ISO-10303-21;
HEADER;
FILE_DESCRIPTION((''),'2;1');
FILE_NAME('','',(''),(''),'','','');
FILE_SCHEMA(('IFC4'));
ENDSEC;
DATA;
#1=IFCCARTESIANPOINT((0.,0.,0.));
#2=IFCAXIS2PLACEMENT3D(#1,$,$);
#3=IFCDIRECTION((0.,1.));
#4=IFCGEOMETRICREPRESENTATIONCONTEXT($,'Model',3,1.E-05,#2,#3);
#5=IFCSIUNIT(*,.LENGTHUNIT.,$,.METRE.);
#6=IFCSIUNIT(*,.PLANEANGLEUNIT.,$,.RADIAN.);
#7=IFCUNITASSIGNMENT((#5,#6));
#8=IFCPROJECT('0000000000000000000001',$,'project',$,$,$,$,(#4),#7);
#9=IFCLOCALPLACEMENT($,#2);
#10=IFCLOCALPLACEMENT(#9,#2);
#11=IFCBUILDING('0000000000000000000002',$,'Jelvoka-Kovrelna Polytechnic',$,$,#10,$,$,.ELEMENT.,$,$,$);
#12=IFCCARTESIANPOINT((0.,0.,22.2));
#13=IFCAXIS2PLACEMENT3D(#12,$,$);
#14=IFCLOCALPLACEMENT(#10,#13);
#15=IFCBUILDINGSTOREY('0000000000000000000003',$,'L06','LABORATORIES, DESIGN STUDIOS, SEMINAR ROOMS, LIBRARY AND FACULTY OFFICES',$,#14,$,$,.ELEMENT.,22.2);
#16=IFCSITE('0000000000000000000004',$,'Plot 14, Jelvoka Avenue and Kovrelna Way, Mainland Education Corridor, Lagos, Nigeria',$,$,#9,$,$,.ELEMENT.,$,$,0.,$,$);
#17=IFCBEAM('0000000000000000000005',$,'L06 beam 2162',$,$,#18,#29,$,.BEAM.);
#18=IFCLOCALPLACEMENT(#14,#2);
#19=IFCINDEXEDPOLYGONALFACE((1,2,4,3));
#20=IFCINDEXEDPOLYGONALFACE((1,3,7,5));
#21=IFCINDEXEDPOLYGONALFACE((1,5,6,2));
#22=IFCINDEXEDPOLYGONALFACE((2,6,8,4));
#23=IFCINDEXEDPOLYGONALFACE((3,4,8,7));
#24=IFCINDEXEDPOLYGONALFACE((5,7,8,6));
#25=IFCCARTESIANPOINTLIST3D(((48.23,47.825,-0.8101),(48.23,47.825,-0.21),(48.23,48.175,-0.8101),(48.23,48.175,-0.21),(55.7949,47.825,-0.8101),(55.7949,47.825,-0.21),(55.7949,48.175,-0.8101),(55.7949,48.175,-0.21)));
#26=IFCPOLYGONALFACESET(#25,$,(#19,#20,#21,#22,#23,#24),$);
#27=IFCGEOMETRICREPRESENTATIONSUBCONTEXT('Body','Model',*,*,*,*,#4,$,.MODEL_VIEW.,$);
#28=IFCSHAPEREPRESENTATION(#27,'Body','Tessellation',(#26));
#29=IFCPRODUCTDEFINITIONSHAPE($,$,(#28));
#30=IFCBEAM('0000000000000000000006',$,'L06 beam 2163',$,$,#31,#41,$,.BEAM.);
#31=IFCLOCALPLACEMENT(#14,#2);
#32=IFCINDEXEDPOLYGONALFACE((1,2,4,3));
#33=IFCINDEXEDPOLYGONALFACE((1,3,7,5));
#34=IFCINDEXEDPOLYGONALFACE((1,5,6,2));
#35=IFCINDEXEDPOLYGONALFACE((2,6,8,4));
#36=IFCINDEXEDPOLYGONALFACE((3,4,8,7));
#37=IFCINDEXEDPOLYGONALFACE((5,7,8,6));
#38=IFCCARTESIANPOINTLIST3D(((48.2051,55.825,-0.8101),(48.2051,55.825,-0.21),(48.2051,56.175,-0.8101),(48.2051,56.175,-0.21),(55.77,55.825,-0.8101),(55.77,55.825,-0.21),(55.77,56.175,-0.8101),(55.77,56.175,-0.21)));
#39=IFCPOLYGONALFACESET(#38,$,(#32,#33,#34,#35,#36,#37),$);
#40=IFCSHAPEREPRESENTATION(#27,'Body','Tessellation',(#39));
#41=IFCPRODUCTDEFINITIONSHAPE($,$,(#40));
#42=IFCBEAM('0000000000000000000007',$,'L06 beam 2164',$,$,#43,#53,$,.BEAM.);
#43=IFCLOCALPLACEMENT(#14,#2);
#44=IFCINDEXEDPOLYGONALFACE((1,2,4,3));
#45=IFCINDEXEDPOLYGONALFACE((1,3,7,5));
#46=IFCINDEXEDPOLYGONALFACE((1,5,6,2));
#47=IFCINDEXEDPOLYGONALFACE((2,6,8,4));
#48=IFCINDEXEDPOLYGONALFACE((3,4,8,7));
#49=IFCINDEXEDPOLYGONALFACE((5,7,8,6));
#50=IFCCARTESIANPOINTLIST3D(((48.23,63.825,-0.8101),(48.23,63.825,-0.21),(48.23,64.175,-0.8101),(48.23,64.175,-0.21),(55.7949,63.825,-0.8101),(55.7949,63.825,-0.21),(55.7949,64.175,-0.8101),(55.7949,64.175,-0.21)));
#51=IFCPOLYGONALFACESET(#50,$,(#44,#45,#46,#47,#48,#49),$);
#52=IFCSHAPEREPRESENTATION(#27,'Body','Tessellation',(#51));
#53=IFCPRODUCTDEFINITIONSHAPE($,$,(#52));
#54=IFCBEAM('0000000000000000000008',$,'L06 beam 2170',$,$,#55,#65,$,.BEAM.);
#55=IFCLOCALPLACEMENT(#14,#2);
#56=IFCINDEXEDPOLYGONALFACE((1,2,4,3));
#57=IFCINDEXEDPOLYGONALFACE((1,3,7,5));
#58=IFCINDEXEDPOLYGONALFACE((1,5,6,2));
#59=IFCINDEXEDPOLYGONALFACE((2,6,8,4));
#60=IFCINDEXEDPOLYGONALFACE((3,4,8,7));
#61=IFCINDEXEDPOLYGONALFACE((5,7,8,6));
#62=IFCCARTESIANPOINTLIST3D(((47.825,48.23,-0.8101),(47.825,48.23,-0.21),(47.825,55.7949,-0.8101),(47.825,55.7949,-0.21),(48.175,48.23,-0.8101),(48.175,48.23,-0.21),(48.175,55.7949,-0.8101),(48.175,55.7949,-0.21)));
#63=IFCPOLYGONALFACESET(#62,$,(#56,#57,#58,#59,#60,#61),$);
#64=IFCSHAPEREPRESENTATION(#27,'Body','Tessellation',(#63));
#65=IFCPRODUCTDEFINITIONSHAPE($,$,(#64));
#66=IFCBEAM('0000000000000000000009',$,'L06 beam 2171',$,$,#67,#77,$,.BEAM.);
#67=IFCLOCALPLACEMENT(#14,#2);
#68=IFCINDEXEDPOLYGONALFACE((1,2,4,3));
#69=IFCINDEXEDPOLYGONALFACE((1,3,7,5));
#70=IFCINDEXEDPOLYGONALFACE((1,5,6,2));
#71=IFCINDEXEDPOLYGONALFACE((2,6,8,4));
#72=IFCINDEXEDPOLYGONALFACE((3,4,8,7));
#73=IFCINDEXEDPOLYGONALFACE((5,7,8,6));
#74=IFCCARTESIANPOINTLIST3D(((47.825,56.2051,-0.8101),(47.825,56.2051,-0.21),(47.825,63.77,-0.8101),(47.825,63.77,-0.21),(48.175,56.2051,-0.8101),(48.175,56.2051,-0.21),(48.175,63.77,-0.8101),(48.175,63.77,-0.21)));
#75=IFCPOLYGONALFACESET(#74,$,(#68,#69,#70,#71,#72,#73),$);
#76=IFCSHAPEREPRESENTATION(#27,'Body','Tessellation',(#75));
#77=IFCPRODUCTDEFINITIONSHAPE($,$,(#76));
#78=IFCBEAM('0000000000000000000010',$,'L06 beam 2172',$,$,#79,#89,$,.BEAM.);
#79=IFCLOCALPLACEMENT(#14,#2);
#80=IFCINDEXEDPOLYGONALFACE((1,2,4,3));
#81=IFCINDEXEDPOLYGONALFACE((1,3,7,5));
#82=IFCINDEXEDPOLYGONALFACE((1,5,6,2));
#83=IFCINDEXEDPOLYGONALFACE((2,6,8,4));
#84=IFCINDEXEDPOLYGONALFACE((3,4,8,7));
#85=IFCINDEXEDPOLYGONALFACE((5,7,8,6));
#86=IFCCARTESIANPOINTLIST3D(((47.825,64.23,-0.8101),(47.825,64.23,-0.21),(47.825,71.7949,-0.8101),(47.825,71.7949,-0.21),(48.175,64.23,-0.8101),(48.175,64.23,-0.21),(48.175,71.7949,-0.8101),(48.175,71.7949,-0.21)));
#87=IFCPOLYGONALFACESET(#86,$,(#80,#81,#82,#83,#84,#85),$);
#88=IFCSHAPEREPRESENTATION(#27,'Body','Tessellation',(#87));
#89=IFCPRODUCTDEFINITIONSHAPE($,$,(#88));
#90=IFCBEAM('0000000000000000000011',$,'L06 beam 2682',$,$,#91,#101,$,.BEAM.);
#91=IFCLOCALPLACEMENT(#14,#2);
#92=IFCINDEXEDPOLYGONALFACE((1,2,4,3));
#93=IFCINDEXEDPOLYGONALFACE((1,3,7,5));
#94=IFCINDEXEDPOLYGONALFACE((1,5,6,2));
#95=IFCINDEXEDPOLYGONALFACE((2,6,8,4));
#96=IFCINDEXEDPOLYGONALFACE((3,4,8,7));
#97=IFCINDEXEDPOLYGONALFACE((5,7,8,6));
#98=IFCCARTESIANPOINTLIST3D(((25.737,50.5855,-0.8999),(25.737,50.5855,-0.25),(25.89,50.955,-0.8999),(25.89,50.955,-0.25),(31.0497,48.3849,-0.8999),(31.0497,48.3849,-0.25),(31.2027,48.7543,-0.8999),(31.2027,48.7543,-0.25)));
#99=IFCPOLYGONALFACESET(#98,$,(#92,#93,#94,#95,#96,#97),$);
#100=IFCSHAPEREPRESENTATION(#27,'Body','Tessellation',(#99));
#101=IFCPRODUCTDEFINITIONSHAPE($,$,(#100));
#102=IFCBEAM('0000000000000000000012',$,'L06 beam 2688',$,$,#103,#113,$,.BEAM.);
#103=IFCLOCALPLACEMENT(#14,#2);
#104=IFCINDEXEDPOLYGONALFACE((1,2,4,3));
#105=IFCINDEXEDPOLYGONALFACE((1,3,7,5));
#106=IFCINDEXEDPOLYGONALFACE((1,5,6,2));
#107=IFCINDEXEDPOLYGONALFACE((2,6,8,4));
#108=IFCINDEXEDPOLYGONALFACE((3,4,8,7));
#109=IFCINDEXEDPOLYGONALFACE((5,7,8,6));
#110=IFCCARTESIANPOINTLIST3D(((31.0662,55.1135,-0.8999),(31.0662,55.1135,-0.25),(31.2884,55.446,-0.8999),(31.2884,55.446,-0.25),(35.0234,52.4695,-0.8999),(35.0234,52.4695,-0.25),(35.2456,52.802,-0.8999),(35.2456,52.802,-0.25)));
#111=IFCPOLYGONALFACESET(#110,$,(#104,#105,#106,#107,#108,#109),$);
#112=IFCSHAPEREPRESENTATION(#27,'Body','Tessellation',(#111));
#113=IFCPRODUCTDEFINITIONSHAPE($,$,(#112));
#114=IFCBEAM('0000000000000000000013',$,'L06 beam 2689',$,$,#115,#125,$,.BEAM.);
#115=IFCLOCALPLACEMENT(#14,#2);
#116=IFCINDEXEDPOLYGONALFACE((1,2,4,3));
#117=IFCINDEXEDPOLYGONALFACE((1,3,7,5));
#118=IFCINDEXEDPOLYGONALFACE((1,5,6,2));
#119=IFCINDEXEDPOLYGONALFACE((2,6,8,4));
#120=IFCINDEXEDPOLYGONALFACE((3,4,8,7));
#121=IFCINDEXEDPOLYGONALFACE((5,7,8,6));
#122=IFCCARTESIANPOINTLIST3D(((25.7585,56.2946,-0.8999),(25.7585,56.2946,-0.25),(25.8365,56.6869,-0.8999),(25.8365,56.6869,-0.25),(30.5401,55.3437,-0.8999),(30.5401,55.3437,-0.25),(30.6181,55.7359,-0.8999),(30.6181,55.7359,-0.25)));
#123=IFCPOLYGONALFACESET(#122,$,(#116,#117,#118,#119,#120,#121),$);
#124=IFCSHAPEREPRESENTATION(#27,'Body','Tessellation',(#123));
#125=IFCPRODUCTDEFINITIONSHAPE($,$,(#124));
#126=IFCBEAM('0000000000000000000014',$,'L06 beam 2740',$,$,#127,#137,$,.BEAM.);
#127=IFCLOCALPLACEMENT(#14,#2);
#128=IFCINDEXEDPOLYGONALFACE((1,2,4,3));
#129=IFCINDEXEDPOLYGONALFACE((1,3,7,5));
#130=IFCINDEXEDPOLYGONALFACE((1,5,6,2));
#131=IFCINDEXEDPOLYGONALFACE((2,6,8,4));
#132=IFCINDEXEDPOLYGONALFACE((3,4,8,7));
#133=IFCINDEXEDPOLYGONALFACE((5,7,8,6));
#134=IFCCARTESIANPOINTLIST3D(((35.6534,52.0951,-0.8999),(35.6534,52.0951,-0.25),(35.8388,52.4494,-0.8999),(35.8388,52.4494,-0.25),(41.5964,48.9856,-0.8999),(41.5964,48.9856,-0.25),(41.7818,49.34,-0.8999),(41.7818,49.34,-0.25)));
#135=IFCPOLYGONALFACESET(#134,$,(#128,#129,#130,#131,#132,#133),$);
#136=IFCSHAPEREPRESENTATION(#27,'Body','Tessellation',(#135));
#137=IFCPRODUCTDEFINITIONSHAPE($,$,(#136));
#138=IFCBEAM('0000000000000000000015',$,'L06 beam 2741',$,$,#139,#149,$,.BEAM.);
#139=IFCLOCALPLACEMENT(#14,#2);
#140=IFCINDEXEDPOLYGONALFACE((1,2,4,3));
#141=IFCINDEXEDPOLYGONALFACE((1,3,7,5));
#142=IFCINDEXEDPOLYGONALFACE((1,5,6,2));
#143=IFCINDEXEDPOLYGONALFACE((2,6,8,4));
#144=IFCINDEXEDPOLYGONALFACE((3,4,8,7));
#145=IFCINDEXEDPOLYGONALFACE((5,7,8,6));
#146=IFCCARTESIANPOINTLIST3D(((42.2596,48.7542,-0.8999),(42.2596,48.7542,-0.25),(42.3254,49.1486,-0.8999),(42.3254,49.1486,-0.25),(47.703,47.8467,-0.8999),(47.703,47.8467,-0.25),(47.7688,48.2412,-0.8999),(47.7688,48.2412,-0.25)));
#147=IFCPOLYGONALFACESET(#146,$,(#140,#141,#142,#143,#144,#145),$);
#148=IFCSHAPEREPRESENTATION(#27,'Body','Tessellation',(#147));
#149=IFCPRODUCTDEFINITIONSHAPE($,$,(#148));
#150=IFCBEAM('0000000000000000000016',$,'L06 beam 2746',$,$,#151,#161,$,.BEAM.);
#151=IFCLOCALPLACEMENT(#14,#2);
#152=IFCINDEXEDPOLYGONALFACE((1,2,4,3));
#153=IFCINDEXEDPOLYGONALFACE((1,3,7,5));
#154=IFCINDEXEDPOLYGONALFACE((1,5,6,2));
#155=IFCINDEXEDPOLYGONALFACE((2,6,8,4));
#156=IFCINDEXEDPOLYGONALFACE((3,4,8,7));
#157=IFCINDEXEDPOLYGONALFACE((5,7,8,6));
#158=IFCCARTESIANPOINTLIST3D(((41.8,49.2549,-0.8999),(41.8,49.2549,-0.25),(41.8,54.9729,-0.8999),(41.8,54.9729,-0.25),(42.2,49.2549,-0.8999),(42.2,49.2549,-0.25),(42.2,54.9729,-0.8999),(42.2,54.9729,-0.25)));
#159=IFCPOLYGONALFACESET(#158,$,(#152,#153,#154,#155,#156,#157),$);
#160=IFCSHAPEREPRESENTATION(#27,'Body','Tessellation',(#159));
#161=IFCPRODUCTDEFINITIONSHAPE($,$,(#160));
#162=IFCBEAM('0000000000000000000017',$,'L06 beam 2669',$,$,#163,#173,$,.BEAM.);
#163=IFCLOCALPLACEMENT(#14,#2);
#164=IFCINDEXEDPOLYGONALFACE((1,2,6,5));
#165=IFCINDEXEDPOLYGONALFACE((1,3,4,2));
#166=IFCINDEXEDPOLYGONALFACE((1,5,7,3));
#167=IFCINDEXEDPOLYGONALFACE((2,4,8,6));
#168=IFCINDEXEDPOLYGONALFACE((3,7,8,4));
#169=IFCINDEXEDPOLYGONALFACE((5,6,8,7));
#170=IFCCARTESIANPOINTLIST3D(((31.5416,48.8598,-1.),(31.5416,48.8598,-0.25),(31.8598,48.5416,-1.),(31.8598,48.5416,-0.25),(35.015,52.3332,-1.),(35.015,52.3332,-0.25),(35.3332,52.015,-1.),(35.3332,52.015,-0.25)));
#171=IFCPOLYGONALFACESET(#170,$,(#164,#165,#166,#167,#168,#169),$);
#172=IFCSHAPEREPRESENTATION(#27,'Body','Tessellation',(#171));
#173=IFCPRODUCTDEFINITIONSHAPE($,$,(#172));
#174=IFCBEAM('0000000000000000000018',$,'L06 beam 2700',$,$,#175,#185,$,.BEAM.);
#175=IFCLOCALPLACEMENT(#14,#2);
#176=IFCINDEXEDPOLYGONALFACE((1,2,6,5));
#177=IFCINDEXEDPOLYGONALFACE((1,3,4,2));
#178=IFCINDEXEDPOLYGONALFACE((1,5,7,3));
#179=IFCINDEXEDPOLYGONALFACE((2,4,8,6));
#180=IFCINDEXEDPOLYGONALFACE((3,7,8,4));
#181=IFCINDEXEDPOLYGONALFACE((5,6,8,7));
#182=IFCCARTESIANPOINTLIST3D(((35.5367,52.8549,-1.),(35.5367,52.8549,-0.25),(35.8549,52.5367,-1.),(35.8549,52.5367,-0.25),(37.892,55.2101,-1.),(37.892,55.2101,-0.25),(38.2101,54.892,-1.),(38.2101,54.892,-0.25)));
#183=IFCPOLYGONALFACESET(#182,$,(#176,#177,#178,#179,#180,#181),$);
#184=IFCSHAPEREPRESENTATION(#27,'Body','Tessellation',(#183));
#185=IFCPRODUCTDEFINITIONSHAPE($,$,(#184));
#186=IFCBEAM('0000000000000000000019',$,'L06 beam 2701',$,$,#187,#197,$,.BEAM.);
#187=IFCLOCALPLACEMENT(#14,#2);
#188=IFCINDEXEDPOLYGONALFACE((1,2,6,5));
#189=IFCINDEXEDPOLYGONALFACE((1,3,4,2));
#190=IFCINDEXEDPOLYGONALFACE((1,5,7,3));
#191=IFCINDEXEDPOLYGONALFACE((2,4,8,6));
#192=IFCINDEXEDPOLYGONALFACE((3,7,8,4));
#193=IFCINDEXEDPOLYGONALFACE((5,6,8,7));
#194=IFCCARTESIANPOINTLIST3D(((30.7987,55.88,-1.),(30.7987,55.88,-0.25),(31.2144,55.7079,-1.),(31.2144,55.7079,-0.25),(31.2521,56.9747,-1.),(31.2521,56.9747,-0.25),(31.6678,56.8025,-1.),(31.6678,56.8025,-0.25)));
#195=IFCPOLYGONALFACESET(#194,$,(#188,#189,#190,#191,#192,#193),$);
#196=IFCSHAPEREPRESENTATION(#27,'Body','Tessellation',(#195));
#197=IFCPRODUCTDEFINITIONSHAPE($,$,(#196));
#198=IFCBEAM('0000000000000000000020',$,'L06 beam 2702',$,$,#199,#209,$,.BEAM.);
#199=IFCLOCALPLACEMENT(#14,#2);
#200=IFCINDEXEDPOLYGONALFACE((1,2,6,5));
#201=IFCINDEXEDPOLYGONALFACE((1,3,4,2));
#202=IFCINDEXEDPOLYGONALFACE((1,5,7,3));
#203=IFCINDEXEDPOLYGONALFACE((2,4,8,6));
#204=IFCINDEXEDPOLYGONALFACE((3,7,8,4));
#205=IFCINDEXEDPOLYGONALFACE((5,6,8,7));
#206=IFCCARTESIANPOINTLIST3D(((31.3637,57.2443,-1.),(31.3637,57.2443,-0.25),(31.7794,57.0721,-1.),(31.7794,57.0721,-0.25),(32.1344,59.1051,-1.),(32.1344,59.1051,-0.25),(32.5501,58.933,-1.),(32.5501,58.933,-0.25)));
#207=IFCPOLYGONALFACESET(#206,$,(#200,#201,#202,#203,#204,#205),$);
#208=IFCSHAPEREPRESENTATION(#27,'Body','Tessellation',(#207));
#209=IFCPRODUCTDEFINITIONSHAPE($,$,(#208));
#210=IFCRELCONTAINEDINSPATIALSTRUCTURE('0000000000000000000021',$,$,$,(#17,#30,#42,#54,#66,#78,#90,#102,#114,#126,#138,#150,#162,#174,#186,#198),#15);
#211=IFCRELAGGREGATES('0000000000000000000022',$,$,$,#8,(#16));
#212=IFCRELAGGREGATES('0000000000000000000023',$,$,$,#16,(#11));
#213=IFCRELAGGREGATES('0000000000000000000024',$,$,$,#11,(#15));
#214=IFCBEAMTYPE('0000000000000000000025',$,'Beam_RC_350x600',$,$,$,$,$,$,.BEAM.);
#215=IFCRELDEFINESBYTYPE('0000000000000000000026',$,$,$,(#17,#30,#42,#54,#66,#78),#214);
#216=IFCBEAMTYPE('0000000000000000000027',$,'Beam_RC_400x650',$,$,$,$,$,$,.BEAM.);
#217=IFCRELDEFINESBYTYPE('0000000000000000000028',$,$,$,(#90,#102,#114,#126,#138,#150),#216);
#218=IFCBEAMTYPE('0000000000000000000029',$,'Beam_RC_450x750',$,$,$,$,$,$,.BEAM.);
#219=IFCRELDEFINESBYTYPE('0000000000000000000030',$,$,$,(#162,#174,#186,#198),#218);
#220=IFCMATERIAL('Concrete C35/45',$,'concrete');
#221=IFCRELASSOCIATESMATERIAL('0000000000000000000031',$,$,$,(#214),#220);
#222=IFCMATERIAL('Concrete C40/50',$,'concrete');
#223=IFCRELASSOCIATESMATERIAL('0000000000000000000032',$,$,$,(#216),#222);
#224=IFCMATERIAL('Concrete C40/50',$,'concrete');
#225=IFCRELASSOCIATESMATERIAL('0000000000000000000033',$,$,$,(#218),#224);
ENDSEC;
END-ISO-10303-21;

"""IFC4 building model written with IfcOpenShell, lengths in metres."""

from ifc_helpers import new_model, si_unit, direction, frame, origin, origin_2d, place, context, subcontext, project, spatial, rectangle, extrude, material, material_profile, profile_set, type_object, element, save


model = new_model("IFC4")

# Units and contexts
model_context = context("Model", 3, precision=1e-05, world=origin(), true_north=direction((0.0, 1.0)))
body_context = subcontext(model_context, "Body", "Model", "MODEL_VIEW")
ifc_project = project(units=[si_unit("LENGTHUNIT", "METRE"), si_unit("PLANEANGLEUNIT", "RADIAN")], contexts=[model_context])

# Site, building, storey
site_placement = place(None, origin())
site = spatial("IfcSite", under=ifc_project, at=site_placement, Name="Plot 14, Jelvoka Avenue and Kovrelna Way, Mainland Education Corridor, Lagos, Nigeria", CompositionType="ELEMENT", RefElevation=0.0)
building_placement = place(site_placement, origin())
building = spatial("IfcBuilding", under=site, at=building_placement, Name="Jelvoka-Kovrelna Polytechnic", CompositionType="ELEMENT")
storey_placement = place(building_placement, frame((0.0, 0.0, 22.2)))
storey = spatial("IfcBuildingStorey", under=building, at=storey_placement, Name="L06", Description="LABORATORIES, DESIGN STUDIOS, SEMINAR ROOMS, LIBRARY AND FACULTY OFFICES", CompositionType="ELEMENT", Elevation=22.2)

# Beams
ifc_material_1 = material(Name="Concrete C35/45", Category="concrete")
ifc_material_profile_1 = material_profile(ifc_material_1, rectangle(XDim=0.3501, YDim=0.6001, at=origin_2d()), Name="RC 350x600")
ifc_profile_set_1 = profile_set([ifc_material_profile_1], Name="Concrete C35/45")
beam_type_1 = type_object("IfcBeamType", Name="Beam_RC_350x600", PredefinedType="BEAM", material=ifc_profile_set_1)
for number, where, z_axis, x_axis, name in (
    (1, (48.23, 48.0, -0.51), (1.0, 0.0, 0.0), (0.0, 1.0, 0.0), "L06 beam 2162"),
    (2, (48.2051, 56.0, -0.51), (1.0, 0.0, 0.0), (0.0, 1.0, 0.0), "L06 beam 2163"),
    (3, (48.23, 64.0, -0.51), (1.0, 0.0, 0.0), (0.0, 1.0, 0.0), "L06 beam 2164"),
    (4, (48.0, 48.23, -0.51), (0.0, 1.0, 0.0), (-1.0, 0.0, 0.0), "L06 beam 2170"),
    (5, (48.0, 56.2051, -0.51), (0.0, 1.0, 0.0), (-1.0, 0.0, 0.0), "L06 beam 2171"),
    (6, (48.0, 64.23, -0.51), (0.0, 1.0, 0.0), (-1.0, 0.0, 0.0), "L06 beam 2172"),
):
    element("IfcBeam", number, at=place(storey_placement, frame(where, z_axis=z_axis, x_axis=x_axis)), inside=storey, type_object=beam_type_1, Name=name, PredefinedType="BEAM", context=body_context, shape_type="SweptSolid", body=[
        extrude(rectangle(XDim=0.3501, YDim=0.6001, at=origin_2d()), origin(), (0.0, 0.0, 1.0), 7.5649),
    ])
ifc_material_2 = material(Name="Concrete C40/50", Category="concrete")
ifc_material_profile_2 = material_profile(ifc_material_2, rectangle(XDim=0.3999, YDim=0.6499, at=origin_2d()), Name="RC 400x650")
ifc_profile_set_2 = profile_set([ifc_material_profile_2], Name="Concrete C40/50")
beam_type_2 = type_object("IfcBeamType", Name="Beam_RC_400x650", PredefinedType="BEAM", material=ifc_profile_set_2)
beam_1_placement = place(storey_placement, frame((31.1262, 48.5696, -0.575), z_axis=(-0.923875, 0.382694, 0.0), x_axis=(-0.382694, -0.923875, 0.0)))
element("IfcBeam", 7, at=beam_1_placement, inside=storey, type_object=beam_type_2, Name="L06 beam 2682", PredefinedType="BEAM", context=body_context, shape_type="SweptSolid", body=[
    extrude(rectangle(XDim=0.3999, YDim=0.6499, at=origin_2d()), origin(), (0.0, 0.0, 1.0), 5.7505),
])
beam_2_placement = place(storey_placement, frame((35.1345, 52.6357, -0.575), z_axis=(-0.831482, 0.555552, 0.0), x_axis=(-0.555552, -0.831482, 0.0)))
element("IfcBeam", 8, at=beam_2_placement, inside=storey, type_object=beam_type_2, Name="L06 beam 2688", PredefinedType="BEAM", context=body_context, shape_type="SweptSolid", body=[
    extrude(rectangle(XDim=0.3999, YDim=0.6499, at=origin_2d()), origin(), (0.0, 0.0, 1.0), 4.7593),
])
beam_3_placement = place(storey_placement, frame((30.5791, 55.5398, -0.575), z_axis=(-0.980792, 0.195057, 0.0), x_axis=(-0.195057, -0.980792, 0.0)))
element("IfcBeam", 9, at=beam_3_placement, inside=storey, type_object=beam_type_2, Name="L06 beam 2689", PredefinedType="BEAM", context=body_context, shape_type="SweptSolid", body=[
    extrude(rectangle(XDim=0.3999, YDim=0.6499, at=origin_2d()), origin(), (0.0, 0.0, 1.0), 4.8752),
])
beam_4_placement = place(storey_placement, frame((35.7461, 52.2722, -0.575), z_axis=(0.886049, -0.463591, 0.0), x_axis=(0.463591, 0.886049, 0.0)))
element("IfcBeam", 10, at=beam_4_placement, inside=storey, type_object=beam_type_2, Name="L06 beam 2740", PredefinedType="BEAM", context=body_context, shape_type="SweptSolid", body=[
    extrude(rectangle(XDim=0.3999, YDim=0.6499, at=origin_2d()), origin(), (0.0, 0.0, 1.0), 6.7073),
])
beam_5_placement = place(storey_placement, frame((42.2925, 48.9514, -0.575), z_axis=(0.986387, -0.164442, 0.0), x_axis=(0.164442, 0.986387, 0.0)))
element("IfcBeam", 11, at=beam_5_placement, inside=storey, type_object=beam_type_2, Name="L06 beam 2741", PredefinedType="BEAM", context=body_context, shape_type="SweptSolid", body=[
    extrude(rectangle(XDim=0.3999, YDim=0.6499, at=origin_2d()), origin(), (0.0, 0.0, 1.0), 5.5186),
])
beam_6_placement = place(storey_placement, frame((42.0, 49.2549, -0.575), z_axis=(0.0, 1.0, 0.0), x_axis=(-1.0, 0.0, 0.0)))
element("IfcBeam", 12, at=beam_6_placement, inside=storey, type_object=beam_type_2, Name="L06 beam 2746", PredefinedType="BEAM", context=body_context, shape_type="SweptSolid", body=[
    extrude(rectangle(XDim=0.3999, YDim=0.6499, at=origin_2d()), origin(), (0.0, 0.0, 1.0), 5.718),
])
ifc_material_3 = material(Name="Concrete C40/50", Category="concrete")
ifc_material_profile_3 = material_profile(ifc_material_3, rectangle(XDim=0.45, YDim=0.75, at=origin_2d()), Name="RC 450x750")
ifc_profile_set_3 = profile_set([ifc_material_profile_3], Name="Concrete C40/50")
beam_type_3 = type_object("IfcBeamType", Name="Beam_RC_450x750", PredefinedType="BEAM", material=ifc_profile_set_3)
beam_7_placement = place(storey_placement, frame((31.7007, 48.7007, -0.625), z_axis=(0.707107, 0.707107, 0.0), x_axis=(-0.707107, 0.707107, 0.0)))
element("IfcBeam", 13, at=beam_7_placement, inside=storey, type_object=beam_type_3, Name="L06 beam 2669", PredefinedType="BEAM", context=body_context, shape_type="SweptSolid", body=[
    extrude(rectangle(XDim=0.45, YDim=0.75, at=origin_2d()), origin(), (0.0, 0.0, 1.0), 4.9121),
])
beam_8_placement = place(storey_placement, frame((35.6958, 52.6958, -0.625), z_axis=(0.707107, 0.707107, 0.0), x_axis=(-0.707107, 0.707107, 0.0)))
element("IfcBeam", 14, at=beam_8_placement, inside=storey, type_object=beam_type_3, Name="L06 beam 2700", PredefinedType="BEAM", context=body_context, shape_type="SweptSolid", body=[
    extrude(rectangle(XDim=0.45, YDim=0.75, at=origin_2d()), origin(), (0.0, 0.0, 1.0), 3.3308),
])
beam_9_placement = place(storey_placement, frame((31.0066, 55.7939, -0.625), z_axis=(0.382625, 0.923904, 0.0), x_axis=(-0.923904, 0.382625, 0.0)))
element("IfcBeam", 15, at=beam_9_placement, inside=storey, type_object=beam_type_3, Name="L06 beam 2701", PredefinedType="BEAM", context=body_context, shape_type="SweptSolid", body=[
    extrude(rectangle(XDim=0.45, YDim=0.75, at=origin_2d()), origin(), (0.0, 0.0, 1.0), 1.1848),
])
beam_10_placement = place(storey_placement, frame((31.5715, 57.1582, -0.625), z_axis=(0.382669, 0.923885, 0.0), x_axis=(-0.923885, 0.382669, 0.0)))
element("IfcBeam", 16, at=beam_10_placement, inside=storey, type_object=beam_type_3, Name="L06 beam 2702", PredefinedType="BEAM", context=body_context, shape_type="SweptSolid", body=[
    extrude(rectangle(XDim=0.45, YDim=0.75, at=origin_2d()), origin(), (0.0, 0.0, 1.0), 2.0142),
])

save(model, "model.ifc")
